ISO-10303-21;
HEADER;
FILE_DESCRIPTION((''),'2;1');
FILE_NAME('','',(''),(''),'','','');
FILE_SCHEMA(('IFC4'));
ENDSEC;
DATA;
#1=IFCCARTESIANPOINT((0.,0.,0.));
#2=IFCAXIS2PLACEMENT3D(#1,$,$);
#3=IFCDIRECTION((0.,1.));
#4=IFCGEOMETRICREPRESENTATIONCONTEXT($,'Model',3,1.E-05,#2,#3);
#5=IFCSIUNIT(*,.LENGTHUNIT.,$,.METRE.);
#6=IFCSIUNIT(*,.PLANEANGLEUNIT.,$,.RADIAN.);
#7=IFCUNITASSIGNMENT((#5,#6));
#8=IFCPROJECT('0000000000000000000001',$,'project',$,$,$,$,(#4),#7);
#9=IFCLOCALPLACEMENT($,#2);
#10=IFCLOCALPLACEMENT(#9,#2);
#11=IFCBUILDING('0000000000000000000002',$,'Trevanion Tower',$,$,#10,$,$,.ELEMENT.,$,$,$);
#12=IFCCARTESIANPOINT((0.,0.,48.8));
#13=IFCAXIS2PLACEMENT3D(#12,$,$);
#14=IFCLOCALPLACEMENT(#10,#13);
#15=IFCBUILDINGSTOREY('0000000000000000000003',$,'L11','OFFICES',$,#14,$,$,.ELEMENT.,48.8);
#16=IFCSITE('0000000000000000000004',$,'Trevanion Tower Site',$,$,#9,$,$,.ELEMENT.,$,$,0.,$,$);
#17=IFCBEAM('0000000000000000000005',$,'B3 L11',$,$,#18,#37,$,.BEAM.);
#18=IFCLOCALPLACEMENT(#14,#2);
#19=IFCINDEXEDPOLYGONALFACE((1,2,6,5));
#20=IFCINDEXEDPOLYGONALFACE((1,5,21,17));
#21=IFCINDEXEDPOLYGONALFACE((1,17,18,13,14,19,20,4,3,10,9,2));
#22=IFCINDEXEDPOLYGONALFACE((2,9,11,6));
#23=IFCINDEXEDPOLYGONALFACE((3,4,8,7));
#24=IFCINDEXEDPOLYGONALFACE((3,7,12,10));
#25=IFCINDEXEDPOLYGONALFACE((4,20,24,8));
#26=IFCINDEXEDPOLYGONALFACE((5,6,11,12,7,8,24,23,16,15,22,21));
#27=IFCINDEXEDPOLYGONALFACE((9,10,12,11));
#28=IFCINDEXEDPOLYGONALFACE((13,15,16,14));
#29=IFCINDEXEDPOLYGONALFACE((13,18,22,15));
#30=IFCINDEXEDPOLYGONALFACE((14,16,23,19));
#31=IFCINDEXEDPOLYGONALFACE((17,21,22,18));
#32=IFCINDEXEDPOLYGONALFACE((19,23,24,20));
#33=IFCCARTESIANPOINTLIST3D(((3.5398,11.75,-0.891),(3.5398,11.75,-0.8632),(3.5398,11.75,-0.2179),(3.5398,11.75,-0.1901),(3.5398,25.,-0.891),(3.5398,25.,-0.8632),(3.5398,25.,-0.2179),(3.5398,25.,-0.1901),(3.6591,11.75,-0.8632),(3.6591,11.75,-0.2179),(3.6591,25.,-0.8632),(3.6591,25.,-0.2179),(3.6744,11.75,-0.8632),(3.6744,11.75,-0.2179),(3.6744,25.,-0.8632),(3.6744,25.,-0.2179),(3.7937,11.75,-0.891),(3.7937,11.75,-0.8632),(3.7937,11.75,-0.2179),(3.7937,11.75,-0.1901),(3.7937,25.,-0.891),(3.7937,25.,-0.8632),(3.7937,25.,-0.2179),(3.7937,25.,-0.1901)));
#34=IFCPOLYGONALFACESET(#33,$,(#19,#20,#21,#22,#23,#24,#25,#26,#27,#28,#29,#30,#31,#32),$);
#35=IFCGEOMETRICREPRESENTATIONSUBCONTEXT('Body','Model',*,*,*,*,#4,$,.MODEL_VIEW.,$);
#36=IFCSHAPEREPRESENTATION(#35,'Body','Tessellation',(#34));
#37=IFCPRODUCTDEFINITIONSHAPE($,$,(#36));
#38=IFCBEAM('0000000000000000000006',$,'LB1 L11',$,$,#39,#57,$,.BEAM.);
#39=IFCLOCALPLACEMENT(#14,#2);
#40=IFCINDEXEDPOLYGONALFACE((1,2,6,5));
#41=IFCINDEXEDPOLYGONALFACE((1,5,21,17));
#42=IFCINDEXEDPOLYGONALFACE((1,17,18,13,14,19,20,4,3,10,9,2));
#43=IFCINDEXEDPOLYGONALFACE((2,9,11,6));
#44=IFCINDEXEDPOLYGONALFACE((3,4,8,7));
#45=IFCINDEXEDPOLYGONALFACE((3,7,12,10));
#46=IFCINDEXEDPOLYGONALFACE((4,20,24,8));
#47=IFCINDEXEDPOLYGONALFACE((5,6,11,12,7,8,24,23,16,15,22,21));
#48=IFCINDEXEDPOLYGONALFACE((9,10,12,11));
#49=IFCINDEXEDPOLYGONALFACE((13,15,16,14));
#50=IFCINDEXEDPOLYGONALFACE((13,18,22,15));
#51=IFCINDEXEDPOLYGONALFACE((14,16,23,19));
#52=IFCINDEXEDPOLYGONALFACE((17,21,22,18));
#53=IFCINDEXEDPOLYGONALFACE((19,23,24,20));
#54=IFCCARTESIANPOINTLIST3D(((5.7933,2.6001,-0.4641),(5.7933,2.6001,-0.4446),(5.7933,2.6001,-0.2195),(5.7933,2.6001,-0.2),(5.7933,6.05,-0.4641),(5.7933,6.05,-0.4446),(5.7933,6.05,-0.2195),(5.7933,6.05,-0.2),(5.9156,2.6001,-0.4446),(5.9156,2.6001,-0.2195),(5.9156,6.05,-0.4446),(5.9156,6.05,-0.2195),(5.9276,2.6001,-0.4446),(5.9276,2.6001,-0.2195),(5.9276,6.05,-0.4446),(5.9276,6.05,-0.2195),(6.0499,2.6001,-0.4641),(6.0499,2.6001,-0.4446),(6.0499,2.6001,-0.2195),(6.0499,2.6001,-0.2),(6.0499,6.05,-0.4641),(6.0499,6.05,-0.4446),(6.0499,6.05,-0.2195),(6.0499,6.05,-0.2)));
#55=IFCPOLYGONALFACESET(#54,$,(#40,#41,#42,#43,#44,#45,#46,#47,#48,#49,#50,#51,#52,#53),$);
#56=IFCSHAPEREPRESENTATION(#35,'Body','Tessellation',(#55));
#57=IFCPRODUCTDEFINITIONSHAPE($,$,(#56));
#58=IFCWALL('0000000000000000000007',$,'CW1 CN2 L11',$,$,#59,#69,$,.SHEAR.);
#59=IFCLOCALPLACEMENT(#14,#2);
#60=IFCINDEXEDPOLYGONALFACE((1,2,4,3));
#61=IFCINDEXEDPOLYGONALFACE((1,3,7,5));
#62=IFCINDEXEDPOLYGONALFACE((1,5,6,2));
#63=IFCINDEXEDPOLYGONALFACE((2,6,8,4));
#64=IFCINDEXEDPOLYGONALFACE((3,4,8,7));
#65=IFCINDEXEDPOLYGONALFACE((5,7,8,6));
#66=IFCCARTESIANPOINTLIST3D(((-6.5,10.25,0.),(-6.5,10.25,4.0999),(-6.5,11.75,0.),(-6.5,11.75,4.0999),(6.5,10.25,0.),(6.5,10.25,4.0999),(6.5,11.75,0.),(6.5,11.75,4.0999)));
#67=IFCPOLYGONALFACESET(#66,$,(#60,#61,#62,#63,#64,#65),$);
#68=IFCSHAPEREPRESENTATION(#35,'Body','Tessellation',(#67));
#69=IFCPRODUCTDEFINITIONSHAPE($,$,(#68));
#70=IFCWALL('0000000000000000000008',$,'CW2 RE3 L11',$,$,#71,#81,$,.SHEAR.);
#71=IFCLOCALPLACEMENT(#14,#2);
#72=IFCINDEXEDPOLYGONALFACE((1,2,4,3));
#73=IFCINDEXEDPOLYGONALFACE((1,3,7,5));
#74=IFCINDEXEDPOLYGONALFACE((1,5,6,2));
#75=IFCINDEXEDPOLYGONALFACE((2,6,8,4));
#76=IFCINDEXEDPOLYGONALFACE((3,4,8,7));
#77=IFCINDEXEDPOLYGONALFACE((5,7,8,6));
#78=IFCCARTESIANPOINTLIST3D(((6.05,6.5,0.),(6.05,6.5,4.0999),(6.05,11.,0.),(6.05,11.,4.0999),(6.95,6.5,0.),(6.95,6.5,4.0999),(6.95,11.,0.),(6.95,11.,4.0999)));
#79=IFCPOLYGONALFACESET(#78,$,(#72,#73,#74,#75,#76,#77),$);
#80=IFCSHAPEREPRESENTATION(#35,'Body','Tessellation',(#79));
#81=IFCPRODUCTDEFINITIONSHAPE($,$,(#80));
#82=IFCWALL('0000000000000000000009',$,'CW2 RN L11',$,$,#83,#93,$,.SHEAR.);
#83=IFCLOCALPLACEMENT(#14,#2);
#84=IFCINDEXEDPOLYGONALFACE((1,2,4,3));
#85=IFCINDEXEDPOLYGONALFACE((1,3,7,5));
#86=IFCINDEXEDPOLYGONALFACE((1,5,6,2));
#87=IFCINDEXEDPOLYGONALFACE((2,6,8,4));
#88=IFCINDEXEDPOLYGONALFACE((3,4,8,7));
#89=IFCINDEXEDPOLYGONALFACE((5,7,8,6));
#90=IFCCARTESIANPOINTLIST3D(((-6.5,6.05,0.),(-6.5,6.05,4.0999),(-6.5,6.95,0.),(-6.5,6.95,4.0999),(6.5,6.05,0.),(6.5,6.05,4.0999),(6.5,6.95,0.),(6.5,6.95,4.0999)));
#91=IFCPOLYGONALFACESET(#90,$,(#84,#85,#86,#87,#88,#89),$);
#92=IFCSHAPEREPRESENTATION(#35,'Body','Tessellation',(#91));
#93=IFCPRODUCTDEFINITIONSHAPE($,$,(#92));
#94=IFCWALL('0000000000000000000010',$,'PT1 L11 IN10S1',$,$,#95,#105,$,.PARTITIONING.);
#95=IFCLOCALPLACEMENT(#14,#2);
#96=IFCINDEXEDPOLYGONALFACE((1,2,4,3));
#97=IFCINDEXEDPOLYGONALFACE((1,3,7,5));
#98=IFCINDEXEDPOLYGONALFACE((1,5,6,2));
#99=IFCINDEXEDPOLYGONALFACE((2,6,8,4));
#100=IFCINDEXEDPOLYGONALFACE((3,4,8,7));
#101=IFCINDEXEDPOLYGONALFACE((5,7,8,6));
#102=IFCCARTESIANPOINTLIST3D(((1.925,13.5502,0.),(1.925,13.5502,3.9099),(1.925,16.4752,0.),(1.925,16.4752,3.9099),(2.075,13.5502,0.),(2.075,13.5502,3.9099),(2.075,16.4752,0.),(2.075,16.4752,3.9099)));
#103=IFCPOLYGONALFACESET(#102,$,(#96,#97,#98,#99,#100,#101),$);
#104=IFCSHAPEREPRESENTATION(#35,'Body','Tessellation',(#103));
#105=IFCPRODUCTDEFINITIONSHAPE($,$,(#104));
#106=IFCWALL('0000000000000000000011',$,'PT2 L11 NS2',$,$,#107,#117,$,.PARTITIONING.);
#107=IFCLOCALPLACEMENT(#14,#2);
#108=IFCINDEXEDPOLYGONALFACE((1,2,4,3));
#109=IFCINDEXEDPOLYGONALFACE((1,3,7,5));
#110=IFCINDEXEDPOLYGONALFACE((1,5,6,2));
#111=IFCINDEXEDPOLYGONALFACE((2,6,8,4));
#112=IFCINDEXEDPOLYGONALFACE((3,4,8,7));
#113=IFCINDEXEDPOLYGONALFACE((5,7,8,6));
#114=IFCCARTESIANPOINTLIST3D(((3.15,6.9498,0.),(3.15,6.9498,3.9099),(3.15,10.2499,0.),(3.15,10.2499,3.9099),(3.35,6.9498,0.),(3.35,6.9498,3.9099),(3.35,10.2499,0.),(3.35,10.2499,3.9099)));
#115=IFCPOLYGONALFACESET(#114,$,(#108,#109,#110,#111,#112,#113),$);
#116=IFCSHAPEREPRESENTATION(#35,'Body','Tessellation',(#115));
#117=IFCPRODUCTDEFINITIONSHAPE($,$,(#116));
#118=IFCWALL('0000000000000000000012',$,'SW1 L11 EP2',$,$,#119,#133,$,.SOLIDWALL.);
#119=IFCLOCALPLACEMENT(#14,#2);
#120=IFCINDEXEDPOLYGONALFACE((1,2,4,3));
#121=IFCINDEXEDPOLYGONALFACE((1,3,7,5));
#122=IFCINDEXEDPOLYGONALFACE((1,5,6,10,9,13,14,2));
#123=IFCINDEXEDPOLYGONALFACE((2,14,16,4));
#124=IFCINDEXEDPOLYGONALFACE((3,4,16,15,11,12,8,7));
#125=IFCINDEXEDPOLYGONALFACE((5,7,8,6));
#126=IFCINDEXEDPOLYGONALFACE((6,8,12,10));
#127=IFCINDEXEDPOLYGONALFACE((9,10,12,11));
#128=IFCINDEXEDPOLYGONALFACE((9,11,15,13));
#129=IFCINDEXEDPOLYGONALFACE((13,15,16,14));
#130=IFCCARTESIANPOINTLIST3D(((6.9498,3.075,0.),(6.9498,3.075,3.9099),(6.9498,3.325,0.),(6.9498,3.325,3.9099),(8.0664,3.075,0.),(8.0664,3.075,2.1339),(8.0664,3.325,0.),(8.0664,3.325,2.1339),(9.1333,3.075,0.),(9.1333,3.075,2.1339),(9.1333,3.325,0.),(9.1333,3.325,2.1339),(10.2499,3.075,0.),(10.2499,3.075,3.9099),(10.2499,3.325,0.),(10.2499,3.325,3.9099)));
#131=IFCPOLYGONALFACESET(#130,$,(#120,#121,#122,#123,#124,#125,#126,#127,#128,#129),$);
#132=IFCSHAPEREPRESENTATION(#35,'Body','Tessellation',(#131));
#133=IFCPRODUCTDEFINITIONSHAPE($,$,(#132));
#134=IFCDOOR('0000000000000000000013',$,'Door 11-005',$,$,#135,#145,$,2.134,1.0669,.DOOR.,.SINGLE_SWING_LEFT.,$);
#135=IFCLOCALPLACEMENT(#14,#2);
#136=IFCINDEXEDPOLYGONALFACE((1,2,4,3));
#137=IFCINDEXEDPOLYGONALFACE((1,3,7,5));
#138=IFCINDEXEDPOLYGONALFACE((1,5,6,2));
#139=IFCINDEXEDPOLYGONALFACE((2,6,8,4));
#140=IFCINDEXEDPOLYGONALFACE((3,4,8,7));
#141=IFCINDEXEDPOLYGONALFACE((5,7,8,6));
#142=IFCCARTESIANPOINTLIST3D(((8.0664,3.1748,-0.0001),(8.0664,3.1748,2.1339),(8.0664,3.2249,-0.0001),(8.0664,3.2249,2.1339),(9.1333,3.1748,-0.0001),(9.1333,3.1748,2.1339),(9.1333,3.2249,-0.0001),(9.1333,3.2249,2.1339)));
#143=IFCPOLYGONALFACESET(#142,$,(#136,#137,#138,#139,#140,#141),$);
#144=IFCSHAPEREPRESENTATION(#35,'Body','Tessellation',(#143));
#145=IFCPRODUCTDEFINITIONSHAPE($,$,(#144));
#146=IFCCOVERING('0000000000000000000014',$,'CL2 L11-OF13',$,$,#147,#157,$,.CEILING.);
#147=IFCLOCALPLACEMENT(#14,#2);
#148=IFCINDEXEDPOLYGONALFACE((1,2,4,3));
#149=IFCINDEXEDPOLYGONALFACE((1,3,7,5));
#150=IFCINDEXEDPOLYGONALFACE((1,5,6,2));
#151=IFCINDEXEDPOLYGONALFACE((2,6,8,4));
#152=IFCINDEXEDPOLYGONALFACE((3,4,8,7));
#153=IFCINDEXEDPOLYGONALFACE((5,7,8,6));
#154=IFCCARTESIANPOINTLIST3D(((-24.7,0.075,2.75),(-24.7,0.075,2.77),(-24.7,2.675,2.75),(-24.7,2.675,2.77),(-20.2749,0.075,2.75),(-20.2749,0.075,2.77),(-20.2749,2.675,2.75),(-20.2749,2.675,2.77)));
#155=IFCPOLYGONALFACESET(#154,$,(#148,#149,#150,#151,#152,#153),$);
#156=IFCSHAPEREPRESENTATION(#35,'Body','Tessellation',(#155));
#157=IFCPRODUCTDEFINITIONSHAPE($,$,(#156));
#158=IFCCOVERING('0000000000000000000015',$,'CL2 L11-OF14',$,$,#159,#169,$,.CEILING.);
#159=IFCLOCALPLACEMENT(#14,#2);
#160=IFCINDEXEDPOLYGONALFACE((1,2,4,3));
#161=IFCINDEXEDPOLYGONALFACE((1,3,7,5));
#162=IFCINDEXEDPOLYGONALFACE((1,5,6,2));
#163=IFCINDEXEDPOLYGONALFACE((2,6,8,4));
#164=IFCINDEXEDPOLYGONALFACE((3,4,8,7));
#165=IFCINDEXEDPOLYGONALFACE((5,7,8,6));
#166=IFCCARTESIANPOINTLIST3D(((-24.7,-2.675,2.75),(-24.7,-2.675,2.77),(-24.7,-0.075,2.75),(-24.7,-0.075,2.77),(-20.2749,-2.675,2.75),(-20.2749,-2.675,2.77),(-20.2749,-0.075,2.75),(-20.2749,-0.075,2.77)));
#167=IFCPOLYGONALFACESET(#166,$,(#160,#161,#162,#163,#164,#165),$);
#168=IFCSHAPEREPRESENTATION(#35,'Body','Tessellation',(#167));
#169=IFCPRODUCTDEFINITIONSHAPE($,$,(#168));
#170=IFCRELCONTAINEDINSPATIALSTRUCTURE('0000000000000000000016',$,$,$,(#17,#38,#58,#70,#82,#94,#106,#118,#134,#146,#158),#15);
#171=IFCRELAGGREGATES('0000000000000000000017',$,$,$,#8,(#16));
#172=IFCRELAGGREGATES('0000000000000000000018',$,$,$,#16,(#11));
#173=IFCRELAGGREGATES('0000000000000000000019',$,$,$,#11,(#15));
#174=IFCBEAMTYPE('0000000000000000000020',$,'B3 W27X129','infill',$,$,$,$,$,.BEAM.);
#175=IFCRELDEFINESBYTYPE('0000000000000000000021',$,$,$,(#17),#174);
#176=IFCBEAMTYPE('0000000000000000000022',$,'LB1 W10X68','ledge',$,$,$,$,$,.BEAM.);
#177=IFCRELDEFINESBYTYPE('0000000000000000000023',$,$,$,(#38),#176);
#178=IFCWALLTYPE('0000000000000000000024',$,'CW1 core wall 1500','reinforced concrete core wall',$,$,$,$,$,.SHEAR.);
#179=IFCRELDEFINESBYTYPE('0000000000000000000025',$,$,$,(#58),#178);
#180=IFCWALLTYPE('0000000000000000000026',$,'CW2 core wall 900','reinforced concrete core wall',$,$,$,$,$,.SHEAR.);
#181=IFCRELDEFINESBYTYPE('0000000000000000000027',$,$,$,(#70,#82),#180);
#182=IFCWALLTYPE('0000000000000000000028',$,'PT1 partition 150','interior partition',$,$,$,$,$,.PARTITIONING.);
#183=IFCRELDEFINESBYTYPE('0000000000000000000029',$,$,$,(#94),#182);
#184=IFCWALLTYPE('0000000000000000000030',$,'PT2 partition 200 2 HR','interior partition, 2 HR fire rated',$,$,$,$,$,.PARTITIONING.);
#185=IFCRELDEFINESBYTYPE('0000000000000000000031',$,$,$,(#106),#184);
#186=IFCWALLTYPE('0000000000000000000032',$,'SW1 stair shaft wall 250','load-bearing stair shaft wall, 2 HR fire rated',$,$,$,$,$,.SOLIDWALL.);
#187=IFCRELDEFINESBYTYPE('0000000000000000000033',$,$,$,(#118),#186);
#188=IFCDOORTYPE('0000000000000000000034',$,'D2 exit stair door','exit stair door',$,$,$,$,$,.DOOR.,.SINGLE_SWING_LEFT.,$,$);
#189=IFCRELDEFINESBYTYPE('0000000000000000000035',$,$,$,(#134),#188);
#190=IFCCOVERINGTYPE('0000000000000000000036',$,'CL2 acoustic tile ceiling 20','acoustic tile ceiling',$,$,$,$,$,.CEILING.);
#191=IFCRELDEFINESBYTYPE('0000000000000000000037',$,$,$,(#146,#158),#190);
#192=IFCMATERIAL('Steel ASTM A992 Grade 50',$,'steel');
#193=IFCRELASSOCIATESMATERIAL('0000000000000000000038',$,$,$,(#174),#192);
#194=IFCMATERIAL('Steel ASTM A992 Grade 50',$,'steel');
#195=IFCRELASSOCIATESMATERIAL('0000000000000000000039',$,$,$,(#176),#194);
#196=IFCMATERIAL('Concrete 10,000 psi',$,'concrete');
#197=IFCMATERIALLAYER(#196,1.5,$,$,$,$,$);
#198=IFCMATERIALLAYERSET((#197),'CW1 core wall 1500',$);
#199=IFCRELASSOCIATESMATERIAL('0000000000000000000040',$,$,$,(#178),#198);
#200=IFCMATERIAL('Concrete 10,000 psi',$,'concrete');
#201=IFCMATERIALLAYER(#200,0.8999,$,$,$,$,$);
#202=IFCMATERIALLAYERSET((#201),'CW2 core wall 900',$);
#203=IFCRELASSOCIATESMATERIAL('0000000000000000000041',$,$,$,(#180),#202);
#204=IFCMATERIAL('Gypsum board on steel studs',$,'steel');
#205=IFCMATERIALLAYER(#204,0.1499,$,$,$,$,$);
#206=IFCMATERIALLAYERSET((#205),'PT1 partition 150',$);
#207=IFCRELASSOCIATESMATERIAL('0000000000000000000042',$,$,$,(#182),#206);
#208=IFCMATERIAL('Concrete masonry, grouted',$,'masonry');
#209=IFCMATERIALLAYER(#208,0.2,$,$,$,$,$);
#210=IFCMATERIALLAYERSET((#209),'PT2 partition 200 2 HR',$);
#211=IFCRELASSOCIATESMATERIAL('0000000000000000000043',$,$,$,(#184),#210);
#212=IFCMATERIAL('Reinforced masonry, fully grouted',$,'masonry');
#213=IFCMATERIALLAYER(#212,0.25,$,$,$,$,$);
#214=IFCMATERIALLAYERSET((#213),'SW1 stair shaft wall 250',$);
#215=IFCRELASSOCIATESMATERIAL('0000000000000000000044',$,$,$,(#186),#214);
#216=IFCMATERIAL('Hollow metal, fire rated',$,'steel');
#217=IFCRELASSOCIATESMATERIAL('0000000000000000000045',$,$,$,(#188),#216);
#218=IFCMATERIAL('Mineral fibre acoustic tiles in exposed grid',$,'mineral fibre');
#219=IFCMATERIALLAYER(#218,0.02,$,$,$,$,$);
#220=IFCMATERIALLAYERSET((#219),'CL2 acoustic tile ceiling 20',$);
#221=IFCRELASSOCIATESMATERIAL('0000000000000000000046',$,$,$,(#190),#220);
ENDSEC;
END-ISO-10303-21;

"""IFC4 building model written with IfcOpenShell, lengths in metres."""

from ifc_helpers import new_model, si_unit, direction, frame, frame_2d, origin, origin_2d, place, context, subcontext, project, spatial, polyline, rectangle, i_section, outline, extrude, material, layer, layer_set, material_profile, profile_set, type_object, element, fill, save


model = new_model("IFC4")

# Units and contexts
model_context = context("Model", 3, precision=1e-05, world=origin(), true_north=direction((0.0, 1.0)))
body_context = subcontext(model_context, "Body", "Model", "MODEL_VIEW")
ifc_project = project(units=[si_unit("LENGTHUNIT", "METRE"), si_unit("PLANEANGLEUNIT", "RADIAN")], contexts=[model_context])

# Site, building, storey
site_placement = place(None, origin())
site = spatial("IfcSite", under=ifc_project, at=site_placement, Name="Trevanion Tower Site", CompositionType="ELEMENT", RefElevation=0.0)
building_placement = place(site_placement, origin())
building = spatial("IfcBuilding", under=site, at=building_placement, Name="Trevanion Tower", CompositionType="ELEMENT")
storey_placement = place(building_placement, frame((0.0, 0.0, 48.8)))
storey = spatial("IfcBuildingStorey", under=building, at=storey_placement, Name="L11", Description="OFFICES", CompositionType="ELEMENT", Elevation=48.8)

# Beams
ifc_material_1 = material(Name="Steel ASTM A992 Grade 50", Category="steel")
ifc_material_profile_1 = material_profile(ifc_material_1, i_section(OverallWidth=0.2539, OverallDepth=0.7009, WebThickness=0.0154, FlangeThickness=0.0278, at=origin_2d()), Name="W27X129")
ifc_profile_set_1 = profile_set([ifc_material_profile_1], Name="Steel ASTM A992 Grade 50")
beam_type_1 = type_object("IfcBeamType", Name="B3 W27X129", Description="infill", PredefinedType="BEAM", material=ifc_profile_set_1)
beam_1_placement = place(storey_placement, frame((3.6667, 11.75, -0.5405), z_axis=(0.0, 1.0, 0.0), x_axis=(-1.0, 0.0, 0.0)))
element("IfcBeam", 1, at=beam_1_placement, inside=storey, type_object=beam_type_1, Name="B3 L11", PredefinedType="BEAM", context=body_context, shape_type="SweptSolid", body=[
    extrude(i_section(OverallWidth=0.2539, OverallDepth=0.7009, WebThickness=0.0154, FlangeThickness=0.0278, at=origin_2d()), origin(), (0.0, 0.0, 1.0), 13.25),
])
ifc_material_2 = material(Name="Steel ASTM A992 Grade 50", Category="steel")
ifc_material_profile_2 = material_profile(ifc_material_2, i_section(OverallWidth=0.2566, OverallDepth=0.2642, WebThickness=0.012, FlangeThickness=0.0195, at=origin_2d()), Name="W10X68")
ifc_profile_set_2 = profile_set([ifc_material_profile_2], Name="Steel ASTM A992 Grade 50")
beam_type_2 = type_object("IfcBeamType", Name="LB1 W10X68", Description="ledge", PredefinedType="BEAM", material=ifc_profile_set_2)
beam_2_placement = place(storey_placement, frame((5.9216, 2.6001, -0.332), z_axis=(0.0, 1.0, 0.0), x_axis=(-1.0, 0.0, 0.0)))
element("IfcBeam", 2, at=beam_2_placement, inside=storey, type_object=beam_type_2, Name="LB1 L11", PredefinedType="BEAM", context=body_context, shape_type="SweptSolid", body=[
    extrude(i_section(OverallWidth=0.2566, OverallDepth=0.2642, WebThickness=0.012, FlangeThickness=0.0195, at=origin_2d()), origin(), (0.0, 0.0, 1.0), 3.45),
])

# Walls
ifc_material_3 = material(Name="Concrete 10,000 psi", Category="concrete")
ifc_layer_1 = layer(ifc_material_3, 1.5)
ifc_layer_set_1 = layer_set([ifc_layer_1], Name="CW1 core wall 1500")
wall_type_1 = type_object("IfcWallType", Name="CW1 core wall 1500", Description="reinforced concrete core wall", PredefinedType="SHEAR", material=ifc_layer_set_1)
wall_1_placement = place(storey_placement, frame((6.5, 11.0, 0.0), z_axis=(0.0, 0.0, 1.0), x_axis=(-1.0, 0.0, 0.0)))
element("IfcWall", 3, at=wall_1_placement, inside=storey, type_object=wall_type_1, Name="CW1 CN2 L11", PredefinedType="SHEAR", context=body_context, shape_type="SweptSolid", body=[
    extrude(rectangle(XDim=13.0, YDim=1.5, at=frame_2d((6.5, 0.0))), origin(), (0.0, 0.0, 1.0), 4.0999),
])
ifc_material_4 = material(Name="Concrete 10,000 psi", Category="concrete")
ifc_layer_2 = layer(ifc_material_4, 0.8999)
ifc_layer_set_2 = layer_set([ifc_layer_2], Name="CW2 core wall 900")
wall_type_2 = type_object("IfcWallType", Name="CW2 core wall 900", Description="reinforced concrete core wall", PredefinedType="SHEAR", material=ifc_layer_set_2)
wall_2_placement = place(storey_placement, frame((6.5, 6.5, 0.0), z_axis=(0.0, 0.0, 1.0), x_axis=(0.0, 1.0, 0.0)))
element("IfcWall", 4, at=wall_2_placement, inside=storey, type_object=wall_type_2, Name="CW2 RE3 L11", PredefinedType="SHEAR", context=body_context, shape_type="SweptSolid", body=[
    extrude(rectangle(XDim=4.5, YDim=0.8999, at=frame_2d((2.25, 0.0))), origin(), (0.0, 0.0, 1.0), 4.0999),
])
wall_3_placement = place(storey_placement, frame((6.5, 6.5, 0.0), z_axis=(0.0, 0.0, 1.0), x_axis=(-1.0, 0.0, 0.0)))
element("IfcWall", 5, at=wall_3_placement, inside=storey, type_object=wall_type_2, Name="CW2 RN L11", PredefinedType="SHEAR", context=body_context, shape_type="SweptSolid", body=[
    extrude(rectangle(XDim=13.0, YDim=0.8999, at=frame_2d((6.5, 0.0))), origin(), (0.0, 0.0, 1.0), 4.0999),
])
ifc_material_5 = material(Name="Gypsum board on steel studs", Category="steel")
ifc_layer_3 = layer(ifc_material_5, 0.1499)
ifc_layer_set_3 = layer_set([ifc_layer_3], Name="PT1 partition 150")
wall_type_3 = type_object("IfcWallType", Name="PT1 partition 150", Description="interior partition", PredefinedType="PARTITIONING", material=ifc_layer_set_3)
wall_4_placement = place(storey_placement, frame((2.0, 16.4751, 0.0), z_axis=(0.0, 0.0, 1.0), x_axis=(0.0, -1.0, 0.0)))
element("IfcWall", 6, at=wall_4_placement, inside=storey, type_object=wall_type_3, Name="PT1 L11 IN10S1", PredefinedType="PARTITIONING", context=body_context, shape_type="SweptSolid", body=[
    extrude(rectangle(XDim=2.925, YDim=0.1499, at=frame_2d((1.4624, 0.0))), origin(), (0.0, 0.0, 1.0), 3.9099),
])
ifc_material_6 = material(Name="Concrete masonry, grouted", Category="masonry")
ifc_layer_4 = layer(ifc_material_6, 0.2)
ifc_layer_set_4 = layer_set([ifc_layer_4], Name="PT2 partition 200 2 HR")
wall_type_4 = type_object("IfcWallType", Name="PT2 partition 200 2 HR", Description="interior partition, 2 HR fire rated", PredefinedType="PARTITIONING", material=ifc_layer_set_4)
wall_5_placement = place(storey_placement, frame((3.25, 6.95, 0.0), z_axis=(0.0, 0.0, 1.0), x_axis=(0.0, 1.0, 0.0)))
element("IfcWall", 7, at=wall_5_placement, inside=storey, type_object=wall_type_4, Name="PT2 L11 NS2", PredefinedType="PARTITIONING", context=body_context, shape_type="SweptSolid", body=[
    extrude(rectangle(XDim=3.3, YDim=0.2, at=frame_2d((1.6499, 0.0))), origin(), (0.0, 0.0, 1.0), 3.9099),
])

# Wall, opening, door
ifc_material_7 = material(Name="Reinforced masonry, fully grouted", Category="masonry")
ifc_layer_5 = layer(ifc_material_7, 0.25)
ifc_layer_set_5 = layer_set([ifc_layer_5], Name="SW1 stair shaft wall 250")
wall_type_5 = type_object("IfcWallType", Name="SW1 stair shaft wall 250", Description="load-bearing stair shaft wall, 2 HR fire rated", PredefinedType="SOLIDWALL", material=ifc_layer_set_5)
wall_6_placement = place(storey_placement, frame((6.95, 3.2, 0.0), z_axis=(0.0, 0.0, 1.0), x_axis=(1.0, 0.0, 0.0)))
wall_6 = element("IfcWall", 8, at=wall_6_placement, inside=storey, type_object=wall_type_5, Name="SW1 L11 EP2", PredefinedType="SOLIDWALL", context=body_context, shape_type="SweptSolid", body=[
    extrude(rectangle(XDim=3.3, YDim=0.25, at=frame_2d((1.6499, 0.0))), origin(), (0.0, 0.0, 1.0), 3.9099),
])
opening_placement = place(wall_6_placement, frame((1.1165, 0.0, 0.0)))
opening = element("IfcOpeningElement", 9, at=opening_placement, cuts=wall_6, PredefinedType="OPENING", context=body_context, shape_type="SweptSolid", body=[
    extrude(rectangle(XDim=1.0669, YDim=2.134, at=frame_2d((0.5334, 1.0669))), frame((0.0, 0.135, 0.0), z_axis=(0.0, -1.0, 0.0), x_axis=(1.0, 0.0, 0.0)), (0.0, 0.0, 1.0), 0.27),
])
ifc_material_8 = material(Name="Hollow metal, fire rated", Category="steel")
door_type = type_object("IfcDoorType", Name="D2 exit stair door", Description="exit stair door", OperationType="SINGLE_SWING_LEFT", PredefinedType="DOOR", material=ifc_material_8)
door_placement = place(opening_placement, origin())
door = element("IfcDoor", 10, at=door_placement, inside=storey, type_object=door_type, Name="Door 11-005", OperationType="SINGLE_SWING_LEFT", OverallHeight=2.134, OverallWidth=1.0669, PredefinedType="DOOR", context=body_context, shape_type="SweptSolid", body=[
    extrude(rectangle(XDim=1.0669, YDim=2.134, at=frame_2d((0.5334, 1.0669))), frame((0.0, 0.0249, 0.0), z_axis=(0.0, -1.0, 0.0), x_axis=(1.0, 0.0, 0.0)), (0.0, 0.0, 1.0), 0.05),
])
fill(opening, door)

# Coverings
ifc_material_9 = material(Name="Mineral fibre acoustic tiles in exposed grid", Category="mineral fibre")
ifc_layer_6 = layer(ifc_material_9, 0.02)
ifc_layer_set_6 = layer_set([ifc_layer_6], Name="CL2 acoustic tile ceiling 20")
covering_type_1 = type_object("IfcCoveringType", Name="CL2 acoustic tile ceiling 20", Description="acoustic tile ceiling", PredefinedType="CEILING", material=ifc_layer_set_6)
covering_1_placement = place(storey_placement, frame((0.0, 0.0, 2.75)))
element("IfcCovering", 11, at=covering_1_placement, inside=storey, type_object=covering_type_1, Name="CL2 L11-OF13", PredefinedType="CEILING", context=body_context, shape_type="SweptSolid", body=[
    extrude(outline(polyline([(-20.2749, 2.675), (-20.2749, 0.075), (-24.7, 0.075), (-24.7, 2.675), (-20.2749, 2.675)])), origin(), (0.0, 0.0, 1.0), 0.02),
])
covering_2_placement = place(storey_placement, frame((0.0, 0.0, 2.75)))
element("IfcCovering", 12, at=covering_2_placement, inside=storey, type_object=covering_type_1, Name="CL2 L11-OF14", PredefinedType="CEILING", context=body_context, shape_type="SweptSolid", body=[
    extrude(outline(polyline([(-20.2749, -0.075), (-20.2749, -2.675), (-24.7, -2.675), (-24.7, -0.075), (-20.2749, -0.075)])), origin(), (0.0, 0.0, 1.0), 0.02),
])

save(model, "model.ifc")
